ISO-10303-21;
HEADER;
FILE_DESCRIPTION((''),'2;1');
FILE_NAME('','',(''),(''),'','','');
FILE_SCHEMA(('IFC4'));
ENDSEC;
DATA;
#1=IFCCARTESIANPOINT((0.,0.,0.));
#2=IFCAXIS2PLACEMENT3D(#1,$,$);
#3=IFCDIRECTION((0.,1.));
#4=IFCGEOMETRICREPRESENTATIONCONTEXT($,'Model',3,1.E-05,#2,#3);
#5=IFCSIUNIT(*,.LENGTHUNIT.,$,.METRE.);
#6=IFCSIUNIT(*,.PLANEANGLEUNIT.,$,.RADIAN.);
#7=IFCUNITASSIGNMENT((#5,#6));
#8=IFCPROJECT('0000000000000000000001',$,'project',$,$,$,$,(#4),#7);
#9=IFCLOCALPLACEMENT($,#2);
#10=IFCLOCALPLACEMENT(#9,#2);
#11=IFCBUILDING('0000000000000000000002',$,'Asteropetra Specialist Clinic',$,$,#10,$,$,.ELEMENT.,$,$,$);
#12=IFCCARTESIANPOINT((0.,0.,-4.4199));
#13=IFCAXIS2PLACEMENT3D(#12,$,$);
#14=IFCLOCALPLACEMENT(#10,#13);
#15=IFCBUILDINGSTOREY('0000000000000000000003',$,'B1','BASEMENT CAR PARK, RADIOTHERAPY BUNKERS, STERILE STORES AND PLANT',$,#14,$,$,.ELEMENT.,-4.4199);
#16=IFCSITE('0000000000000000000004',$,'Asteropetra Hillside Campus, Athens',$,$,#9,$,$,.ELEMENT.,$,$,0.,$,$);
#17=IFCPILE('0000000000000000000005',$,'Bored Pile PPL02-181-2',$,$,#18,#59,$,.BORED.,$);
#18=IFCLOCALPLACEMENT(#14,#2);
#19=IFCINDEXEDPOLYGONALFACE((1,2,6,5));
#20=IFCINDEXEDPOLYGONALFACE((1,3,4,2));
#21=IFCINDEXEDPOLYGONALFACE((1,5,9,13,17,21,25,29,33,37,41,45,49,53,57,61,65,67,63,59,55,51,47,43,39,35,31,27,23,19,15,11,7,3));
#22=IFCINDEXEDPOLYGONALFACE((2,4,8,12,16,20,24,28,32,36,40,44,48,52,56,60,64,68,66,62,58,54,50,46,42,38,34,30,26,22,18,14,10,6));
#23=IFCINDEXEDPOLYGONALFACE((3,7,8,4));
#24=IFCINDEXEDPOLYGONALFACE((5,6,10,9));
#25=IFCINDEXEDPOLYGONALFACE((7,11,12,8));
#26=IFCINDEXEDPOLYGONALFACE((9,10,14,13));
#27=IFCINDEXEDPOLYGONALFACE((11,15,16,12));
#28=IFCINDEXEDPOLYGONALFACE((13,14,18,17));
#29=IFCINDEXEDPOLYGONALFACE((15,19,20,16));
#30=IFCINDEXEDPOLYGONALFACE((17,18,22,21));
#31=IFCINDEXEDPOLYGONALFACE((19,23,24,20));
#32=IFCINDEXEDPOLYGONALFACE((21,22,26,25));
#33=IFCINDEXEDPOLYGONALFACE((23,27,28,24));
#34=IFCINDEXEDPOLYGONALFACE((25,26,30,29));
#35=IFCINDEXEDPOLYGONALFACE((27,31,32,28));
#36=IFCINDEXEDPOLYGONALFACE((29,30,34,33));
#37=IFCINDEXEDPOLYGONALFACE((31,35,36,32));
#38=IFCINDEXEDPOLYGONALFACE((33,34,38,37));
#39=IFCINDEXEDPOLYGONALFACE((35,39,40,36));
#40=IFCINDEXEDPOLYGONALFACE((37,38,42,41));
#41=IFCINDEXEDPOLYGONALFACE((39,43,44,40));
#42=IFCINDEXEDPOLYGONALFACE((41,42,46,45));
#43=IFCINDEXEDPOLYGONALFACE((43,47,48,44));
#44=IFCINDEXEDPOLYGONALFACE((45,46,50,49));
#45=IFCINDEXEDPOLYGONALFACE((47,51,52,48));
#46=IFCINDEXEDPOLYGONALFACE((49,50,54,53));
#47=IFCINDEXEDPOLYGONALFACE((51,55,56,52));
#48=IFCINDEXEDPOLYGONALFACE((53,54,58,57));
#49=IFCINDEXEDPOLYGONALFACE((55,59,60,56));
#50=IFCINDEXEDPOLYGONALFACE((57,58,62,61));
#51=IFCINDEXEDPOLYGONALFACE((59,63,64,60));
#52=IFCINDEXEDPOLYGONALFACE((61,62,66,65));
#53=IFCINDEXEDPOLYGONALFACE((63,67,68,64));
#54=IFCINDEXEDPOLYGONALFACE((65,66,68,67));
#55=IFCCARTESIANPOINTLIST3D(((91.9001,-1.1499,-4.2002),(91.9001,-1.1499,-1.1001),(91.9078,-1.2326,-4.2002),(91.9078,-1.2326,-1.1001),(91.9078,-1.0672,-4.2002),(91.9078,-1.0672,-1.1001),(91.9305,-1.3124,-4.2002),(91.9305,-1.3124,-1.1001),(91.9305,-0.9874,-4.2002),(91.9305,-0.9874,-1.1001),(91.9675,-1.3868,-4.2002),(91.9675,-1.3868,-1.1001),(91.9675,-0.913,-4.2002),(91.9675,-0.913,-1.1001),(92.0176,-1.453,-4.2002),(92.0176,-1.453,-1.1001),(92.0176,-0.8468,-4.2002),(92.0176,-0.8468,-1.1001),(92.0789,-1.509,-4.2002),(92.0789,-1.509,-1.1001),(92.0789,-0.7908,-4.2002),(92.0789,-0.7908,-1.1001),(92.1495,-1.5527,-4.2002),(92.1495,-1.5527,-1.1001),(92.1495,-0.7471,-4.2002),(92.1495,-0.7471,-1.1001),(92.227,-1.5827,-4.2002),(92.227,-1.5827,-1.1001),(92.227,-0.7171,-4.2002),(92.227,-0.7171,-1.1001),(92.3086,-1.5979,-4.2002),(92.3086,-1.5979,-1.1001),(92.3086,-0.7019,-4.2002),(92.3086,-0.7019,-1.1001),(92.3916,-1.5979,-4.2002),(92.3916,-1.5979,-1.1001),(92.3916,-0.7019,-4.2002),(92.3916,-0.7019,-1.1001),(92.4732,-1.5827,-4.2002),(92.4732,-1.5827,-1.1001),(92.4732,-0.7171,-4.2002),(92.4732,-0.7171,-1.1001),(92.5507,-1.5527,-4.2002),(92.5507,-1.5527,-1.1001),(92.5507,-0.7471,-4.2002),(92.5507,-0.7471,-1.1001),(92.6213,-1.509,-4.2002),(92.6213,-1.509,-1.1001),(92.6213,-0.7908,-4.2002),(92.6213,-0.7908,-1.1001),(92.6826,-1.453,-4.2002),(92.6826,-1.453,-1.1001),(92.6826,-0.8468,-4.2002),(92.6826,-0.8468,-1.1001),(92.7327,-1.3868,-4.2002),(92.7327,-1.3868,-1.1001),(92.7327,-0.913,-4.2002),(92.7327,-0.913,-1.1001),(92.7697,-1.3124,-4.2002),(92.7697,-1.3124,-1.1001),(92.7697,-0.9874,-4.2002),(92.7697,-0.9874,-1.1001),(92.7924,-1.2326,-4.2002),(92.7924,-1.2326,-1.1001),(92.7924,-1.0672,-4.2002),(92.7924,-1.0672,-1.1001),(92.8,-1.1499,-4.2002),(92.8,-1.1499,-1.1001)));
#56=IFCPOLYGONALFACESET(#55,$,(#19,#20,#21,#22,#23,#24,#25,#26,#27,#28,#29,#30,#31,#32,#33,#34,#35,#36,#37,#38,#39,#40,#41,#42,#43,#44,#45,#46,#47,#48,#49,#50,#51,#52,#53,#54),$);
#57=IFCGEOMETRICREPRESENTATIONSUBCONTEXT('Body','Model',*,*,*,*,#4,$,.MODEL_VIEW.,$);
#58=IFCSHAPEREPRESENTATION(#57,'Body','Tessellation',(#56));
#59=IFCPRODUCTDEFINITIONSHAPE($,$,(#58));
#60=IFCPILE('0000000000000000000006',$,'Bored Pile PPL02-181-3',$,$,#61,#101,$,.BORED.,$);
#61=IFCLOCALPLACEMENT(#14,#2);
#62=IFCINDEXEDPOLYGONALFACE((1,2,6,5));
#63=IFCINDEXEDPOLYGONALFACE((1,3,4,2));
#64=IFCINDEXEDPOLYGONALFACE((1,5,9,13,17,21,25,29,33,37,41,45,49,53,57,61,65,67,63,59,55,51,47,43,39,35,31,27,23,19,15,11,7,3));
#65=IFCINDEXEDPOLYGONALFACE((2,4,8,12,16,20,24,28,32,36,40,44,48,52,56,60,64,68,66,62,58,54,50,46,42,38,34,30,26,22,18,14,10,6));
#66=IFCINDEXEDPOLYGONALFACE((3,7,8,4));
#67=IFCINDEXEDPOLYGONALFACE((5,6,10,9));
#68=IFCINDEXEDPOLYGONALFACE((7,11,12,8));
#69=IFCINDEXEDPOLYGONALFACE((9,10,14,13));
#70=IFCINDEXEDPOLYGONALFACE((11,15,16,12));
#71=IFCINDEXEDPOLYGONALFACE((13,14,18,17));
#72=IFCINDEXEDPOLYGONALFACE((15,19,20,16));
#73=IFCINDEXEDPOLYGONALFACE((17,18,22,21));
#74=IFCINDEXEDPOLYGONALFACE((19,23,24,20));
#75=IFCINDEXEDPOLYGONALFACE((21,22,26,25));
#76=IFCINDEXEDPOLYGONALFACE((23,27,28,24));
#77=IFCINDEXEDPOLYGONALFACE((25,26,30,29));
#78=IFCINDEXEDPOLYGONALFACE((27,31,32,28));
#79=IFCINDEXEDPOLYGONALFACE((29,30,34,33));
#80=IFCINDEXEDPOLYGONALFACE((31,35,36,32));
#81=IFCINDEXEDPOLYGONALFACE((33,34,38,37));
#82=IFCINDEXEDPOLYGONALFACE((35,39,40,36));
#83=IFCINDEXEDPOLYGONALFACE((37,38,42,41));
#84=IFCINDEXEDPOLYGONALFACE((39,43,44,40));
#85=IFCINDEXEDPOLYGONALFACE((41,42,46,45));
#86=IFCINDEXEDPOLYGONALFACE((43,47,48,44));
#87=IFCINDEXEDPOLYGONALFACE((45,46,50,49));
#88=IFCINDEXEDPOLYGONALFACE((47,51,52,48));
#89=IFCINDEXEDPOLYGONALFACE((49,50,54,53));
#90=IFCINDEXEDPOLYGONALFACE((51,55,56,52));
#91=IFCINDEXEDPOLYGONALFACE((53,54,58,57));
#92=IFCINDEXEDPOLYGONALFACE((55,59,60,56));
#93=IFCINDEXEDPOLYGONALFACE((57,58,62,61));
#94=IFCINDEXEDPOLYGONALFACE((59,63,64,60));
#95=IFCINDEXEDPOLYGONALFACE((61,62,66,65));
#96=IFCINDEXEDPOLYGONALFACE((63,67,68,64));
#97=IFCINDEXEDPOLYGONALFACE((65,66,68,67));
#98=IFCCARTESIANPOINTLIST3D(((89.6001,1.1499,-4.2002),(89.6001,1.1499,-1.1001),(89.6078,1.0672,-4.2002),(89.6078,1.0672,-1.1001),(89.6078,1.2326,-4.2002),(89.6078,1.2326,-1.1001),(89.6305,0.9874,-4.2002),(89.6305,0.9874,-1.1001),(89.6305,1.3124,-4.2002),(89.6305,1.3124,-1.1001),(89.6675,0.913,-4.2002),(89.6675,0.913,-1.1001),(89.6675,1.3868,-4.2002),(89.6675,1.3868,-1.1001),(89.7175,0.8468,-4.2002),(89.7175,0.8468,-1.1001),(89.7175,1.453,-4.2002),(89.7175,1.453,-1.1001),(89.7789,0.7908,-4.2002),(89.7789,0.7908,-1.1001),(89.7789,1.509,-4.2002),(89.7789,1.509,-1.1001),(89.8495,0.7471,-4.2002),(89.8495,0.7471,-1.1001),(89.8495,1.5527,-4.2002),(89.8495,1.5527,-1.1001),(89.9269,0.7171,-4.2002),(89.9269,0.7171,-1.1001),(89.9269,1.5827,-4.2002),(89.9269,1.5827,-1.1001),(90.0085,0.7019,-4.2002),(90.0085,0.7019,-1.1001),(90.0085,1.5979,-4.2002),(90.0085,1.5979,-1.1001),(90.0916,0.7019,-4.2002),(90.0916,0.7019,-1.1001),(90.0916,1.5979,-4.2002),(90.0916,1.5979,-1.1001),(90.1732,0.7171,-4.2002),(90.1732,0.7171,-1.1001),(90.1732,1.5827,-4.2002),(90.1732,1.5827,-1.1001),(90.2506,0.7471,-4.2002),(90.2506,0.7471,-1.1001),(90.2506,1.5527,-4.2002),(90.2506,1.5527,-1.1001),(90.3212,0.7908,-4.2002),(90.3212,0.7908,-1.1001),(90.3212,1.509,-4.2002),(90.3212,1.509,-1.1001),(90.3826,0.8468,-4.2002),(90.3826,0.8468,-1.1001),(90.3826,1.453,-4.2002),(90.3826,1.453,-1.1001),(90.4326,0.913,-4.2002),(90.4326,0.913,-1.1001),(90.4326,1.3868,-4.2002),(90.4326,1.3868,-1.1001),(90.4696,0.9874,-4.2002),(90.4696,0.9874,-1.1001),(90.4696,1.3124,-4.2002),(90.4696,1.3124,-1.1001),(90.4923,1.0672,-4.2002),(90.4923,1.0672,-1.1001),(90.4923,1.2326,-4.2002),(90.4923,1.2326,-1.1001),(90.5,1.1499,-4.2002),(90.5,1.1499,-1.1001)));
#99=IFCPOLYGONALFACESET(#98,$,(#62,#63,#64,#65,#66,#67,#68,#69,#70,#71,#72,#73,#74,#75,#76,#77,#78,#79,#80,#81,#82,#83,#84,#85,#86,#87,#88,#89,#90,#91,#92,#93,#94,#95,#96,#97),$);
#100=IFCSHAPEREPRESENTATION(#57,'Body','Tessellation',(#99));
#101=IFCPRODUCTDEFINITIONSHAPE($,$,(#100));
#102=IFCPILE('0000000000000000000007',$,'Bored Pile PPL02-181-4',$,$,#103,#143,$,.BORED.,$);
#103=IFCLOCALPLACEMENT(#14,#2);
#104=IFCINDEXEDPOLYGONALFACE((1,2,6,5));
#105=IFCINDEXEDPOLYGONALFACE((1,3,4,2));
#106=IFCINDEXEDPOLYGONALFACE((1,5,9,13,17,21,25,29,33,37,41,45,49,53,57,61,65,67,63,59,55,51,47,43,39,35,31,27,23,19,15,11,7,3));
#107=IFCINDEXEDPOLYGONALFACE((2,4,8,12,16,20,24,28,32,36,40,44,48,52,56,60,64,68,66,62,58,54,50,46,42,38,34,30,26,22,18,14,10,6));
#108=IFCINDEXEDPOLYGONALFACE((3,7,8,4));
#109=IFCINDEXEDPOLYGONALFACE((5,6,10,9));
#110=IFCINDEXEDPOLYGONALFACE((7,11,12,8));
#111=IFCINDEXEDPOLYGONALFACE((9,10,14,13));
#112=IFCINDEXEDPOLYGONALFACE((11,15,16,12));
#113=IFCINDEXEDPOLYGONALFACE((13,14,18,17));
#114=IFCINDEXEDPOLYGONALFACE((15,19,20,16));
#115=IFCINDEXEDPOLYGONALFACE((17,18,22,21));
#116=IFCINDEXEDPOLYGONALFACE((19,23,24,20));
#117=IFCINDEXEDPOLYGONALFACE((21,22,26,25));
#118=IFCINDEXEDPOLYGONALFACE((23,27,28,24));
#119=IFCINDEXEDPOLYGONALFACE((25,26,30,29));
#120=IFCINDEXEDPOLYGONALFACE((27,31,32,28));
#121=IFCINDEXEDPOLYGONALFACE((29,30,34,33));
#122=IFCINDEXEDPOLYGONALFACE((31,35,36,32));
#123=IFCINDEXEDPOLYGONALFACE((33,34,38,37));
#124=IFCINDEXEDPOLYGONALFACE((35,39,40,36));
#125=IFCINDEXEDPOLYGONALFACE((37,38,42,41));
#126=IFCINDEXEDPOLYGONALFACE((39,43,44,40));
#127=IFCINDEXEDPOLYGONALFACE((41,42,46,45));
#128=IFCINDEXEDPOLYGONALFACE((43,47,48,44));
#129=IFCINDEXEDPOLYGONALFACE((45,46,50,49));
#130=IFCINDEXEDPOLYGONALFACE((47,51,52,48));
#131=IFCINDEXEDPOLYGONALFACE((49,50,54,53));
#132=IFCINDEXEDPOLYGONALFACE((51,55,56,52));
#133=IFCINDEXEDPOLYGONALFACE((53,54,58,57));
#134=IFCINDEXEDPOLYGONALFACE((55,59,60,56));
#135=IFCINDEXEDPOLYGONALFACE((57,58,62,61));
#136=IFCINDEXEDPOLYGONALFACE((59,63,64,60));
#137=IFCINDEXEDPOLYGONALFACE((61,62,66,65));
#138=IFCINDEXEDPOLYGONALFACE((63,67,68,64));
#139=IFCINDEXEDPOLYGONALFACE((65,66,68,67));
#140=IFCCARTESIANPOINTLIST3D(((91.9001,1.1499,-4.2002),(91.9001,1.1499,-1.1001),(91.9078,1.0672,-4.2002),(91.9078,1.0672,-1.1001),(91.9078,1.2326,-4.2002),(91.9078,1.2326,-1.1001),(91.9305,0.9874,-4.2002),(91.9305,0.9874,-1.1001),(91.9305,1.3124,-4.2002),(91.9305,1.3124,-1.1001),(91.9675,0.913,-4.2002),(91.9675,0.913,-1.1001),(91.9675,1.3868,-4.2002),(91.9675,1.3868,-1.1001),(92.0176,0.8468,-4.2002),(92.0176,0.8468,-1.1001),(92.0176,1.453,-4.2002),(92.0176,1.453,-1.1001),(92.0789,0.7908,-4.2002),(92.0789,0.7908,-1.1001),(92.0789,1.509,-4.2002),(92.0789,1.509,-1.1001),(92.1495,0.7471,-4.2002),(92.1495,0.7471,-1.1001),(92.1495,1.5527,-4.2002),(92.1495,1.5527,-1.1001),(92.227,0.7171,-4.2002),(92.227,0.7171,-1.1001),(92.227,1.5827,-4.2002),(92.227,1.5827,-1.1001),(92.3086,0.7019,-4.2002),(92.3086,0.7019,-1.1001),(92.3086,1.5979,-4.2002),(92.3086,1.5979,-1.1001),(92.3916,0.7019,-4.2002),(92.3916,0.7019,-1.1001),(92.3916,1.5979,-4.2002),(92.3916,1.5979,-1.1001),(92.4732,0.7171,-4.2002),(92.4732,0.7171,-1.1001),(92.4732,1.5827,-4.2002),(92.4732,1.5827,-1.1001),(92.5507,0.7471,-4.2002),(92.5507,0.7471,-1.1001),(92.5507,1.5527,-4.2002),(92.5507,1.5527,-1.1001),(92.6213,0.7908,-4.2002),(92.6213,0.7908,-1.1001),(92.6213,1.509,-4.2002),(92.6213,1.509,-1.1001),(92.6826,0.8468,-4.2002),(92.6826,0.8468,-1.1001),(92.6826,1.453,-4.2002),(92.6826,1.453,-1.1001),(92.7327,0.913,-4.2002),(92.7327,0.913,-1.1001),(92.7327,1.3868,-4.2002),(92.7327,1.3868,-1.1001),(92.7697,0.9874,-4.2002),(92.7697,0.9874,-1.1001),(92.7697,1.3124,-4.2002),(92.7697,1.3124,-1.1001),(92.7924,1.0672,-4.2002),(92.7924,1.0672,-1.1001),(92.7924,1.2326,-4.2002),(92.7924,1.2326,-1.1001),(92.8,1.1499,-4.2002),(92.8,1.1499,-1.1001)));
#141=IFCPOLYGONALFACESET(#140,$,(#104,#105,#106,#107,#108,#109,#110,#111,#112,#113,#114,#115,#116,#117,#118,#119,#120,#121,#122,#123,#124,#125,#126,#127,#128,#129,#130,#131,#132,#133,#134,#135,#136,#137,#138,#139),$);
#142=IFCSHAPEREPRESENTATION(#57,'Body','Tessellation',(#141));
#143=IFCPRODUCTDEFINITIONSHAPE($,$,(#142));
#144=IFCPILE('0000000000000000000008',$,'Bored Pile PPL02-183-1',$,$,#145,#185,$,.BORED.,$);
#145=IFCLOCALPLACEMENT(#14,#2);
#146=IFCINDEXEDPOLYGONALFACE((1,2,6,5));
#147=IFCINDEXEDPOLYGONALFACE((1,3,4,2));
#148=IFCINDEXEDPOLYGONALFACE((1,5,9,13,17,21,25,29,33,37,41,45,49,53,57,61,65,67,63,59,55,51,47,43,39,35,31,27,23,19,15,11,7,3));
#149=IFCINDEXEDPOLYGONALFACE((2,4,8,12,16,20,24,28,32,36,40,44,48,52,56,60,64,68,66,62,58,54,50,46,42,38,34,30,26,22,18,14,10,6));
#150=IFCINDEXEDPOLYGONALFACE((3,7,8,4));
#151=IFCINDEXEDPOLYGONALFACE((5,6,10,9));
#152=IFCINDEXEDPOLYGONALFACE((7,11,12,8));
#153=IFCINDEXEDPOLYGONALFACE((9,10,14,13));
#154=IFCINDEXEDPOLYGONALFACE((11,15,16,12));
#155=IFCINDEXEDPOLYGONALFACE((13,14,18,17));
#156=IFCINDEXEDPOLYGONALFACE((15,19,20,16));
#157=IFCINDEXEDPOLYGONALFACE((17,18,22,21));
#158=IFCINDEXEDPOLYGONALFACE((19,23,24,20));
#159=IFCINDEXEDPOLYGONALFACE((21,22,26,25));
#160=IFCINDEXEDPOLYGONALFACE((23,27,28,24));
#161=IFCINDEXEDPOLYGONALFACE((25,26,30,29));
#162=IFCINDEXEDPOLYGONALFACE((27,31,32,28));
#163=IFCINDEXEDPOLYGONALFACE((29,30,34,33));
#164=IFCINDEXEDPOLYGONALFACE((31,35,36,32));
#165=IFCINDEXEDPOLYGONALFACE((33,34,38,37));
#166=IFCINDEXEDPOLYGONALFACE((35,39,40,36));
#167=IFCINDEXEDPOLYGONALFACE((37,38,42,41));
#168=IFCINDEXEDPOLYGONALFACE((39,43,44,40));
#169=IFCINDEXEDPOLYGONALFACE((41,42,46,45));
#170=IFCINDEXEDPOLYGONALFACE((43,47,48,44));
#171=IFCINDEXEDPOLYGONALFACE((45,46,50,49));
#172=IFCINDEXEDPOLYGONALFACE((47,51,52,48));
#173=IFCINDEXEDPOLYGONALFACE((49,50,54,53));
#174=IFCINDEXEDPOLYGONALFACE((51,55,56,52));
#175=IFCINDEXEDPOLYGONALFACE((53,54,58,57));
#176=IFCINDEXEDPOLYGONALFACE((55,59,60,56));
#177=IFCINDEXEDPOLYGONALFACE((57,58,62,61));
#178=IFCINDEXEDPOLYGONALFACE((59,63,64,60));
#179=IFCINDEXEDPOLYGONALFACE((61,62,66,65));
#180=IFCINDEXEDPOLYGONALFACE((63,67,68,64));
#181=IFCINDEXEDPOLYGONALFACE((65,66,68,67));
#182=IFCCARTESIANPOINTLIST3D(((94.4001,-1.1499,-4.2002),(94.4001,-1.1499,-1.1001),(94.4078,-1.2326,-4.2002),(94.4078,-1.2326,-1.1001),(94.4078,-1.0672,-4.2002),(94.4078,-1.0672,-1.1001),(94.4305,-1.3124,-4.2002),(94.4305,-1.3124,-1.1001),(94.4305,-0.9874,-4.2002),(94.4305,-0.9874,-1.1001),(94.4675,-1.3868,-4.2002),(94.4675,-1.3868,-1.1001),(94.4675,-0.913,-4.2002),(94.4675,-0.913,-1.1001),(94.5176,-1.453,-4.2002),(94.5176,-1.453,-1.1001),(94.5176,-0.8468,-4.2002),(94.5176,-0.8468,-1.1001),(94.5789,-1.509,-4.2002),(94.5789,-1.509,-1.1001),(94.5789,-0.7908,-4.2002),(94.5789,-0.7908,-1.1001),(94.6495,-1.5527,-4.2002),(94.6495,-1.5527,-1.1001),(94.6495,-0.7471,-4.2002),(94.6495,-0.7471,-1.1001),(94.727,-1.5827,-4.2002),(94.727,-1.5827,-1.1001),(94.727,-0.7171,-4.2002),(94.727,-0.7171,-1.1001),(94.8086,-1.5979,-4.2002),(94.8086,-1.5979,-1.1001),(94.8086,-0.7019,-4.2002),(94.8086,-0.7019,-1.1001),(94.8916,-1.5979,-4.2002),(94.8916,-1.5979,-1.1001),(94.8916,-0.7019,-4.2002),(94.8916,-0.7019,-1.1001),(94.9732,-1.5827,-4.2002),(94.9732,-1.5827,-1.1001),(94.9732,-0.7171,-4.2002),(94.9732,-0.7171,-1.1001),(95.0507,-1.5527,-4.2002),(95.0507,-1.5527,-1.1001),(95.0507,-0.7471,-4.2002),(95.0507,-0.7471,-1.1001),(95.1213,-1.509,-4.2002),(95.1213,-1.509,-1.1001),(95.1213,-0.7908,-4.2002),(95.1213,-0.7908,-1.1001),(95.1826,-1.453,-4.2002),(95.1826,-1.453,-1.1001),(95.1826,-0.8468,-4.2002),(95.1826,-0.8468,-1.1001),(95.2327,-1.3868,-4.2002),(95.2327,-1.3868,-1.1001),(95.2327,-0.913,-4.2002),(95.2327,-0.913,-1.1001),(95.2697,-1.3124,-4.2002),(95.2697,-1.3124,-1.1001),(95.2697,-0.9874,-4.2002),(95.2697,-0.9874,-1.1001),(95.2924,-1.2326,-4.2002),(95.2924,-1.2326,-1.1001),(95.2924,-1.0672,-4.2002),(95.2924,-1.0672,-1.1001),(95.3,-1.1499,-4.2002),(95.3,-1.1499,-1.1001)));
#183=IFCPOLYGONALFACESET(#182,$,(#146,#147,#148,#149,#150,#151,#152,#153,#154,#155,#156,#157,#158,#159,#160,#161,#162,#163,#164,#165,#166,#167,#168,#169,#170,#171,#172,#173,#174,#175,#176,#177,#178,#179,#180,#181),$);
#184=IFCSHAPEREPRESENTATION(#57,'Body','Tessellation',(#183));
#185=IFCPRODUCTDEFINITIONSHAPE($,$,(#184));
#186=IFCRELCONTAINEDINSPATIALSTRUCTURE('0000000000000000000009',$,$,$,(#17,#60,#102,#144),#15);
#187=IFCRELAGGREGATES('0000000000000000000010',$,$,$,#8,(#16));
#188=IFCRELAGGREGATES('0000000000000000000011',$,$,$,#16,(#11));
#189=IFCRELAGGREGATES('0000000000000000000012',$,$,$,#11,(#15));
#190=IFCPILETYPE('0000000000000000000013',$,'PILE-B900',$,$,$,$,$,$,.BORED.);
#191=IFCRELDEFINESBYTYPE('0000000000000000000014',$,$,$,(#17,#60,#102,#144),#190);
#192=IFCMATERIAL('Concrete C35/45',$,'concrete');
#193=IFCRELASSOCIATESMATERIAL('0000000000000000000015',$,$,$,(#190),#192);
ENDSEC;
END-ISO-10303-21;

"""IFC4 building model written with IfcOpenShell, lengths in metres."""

from ifc_helpers import new_model, si_unit, direction, frame, origin, origin_2d, place, context, subcontext, project, spatial, circle, extrude, material, material_profile, profile_set, type_object, element, save


model = new_model("IFC4")

# Units and contexts
model_context = context("Model", 3, precision=1e-05, world=origin(), true_north=direction((0.0, 1.0)))
body_context = subcontext(model_context, "Body", "Model", "MODEL_VIEW")
ifc_project = project(units=[si_unit("LENGTHUNIT", "METRE"), si_unit("PLANEANGLEUNIT", "RADIAN")], contexts=[model_context])

# Site, building, storey
site_placement = place(None, origin())
site = spatial("IfcSite", under=ifc_project, at=site_placement, Name="Asteropetra Hillside Campus, Athens", CompositionType="ELEMENT", RefElevation=0.0)
building_placement = place(site_placement, origin())
building = spatial("IfcBuilding", under=site, at=building_placement, Name="Asteropetra Specialist Clinic", CompositionType="ELEMENT")
storey_placement = place(building_placement, frame((0.0, 0.0, -4.4199)))
storey = spatial("IfcBuildingStorey", under=building, at=storey_placement, Name="B1", Description="BASEMENT CAR PARK, RADIOTHERAPY BUNKERS, STERILE STORES AND PLANT", CompositionType="ELEMENT", Elevation=-4.4199)

# Piles
ifc_material_1 = material(Name="Concrete C35/45", Category="concrete")
ifc_material_profile_1 = material_profile(ifc_material_1, circle(Radius=0.45, at=origin_2d()), Name="PILE D900")
ifc_profile_set_1 = profile_set([ifc_material_profile_1], Name="Concrete C35/45")
pile_type_1 = type_object("IfcPileType", Name="PILE-B900", PredefinedType="BORED", material=ifc_profile_set_1)
for number, where, z_axis, x_axis, name in (
    (1, (92.3501, -1.1499, -1.1001), (0.0, 0.0, -1.0), (1.0, 0.0, 0.0), "Bored Pile PPL02-181-2"),
    (2, (90.05, 1.1499, -1.1001), (0.0, 0.0, -1.0), (1.0, 0.0, 0.0), "Bored Pile PPL02-181-3"),
    (3, (92.3501, 1.1499, -1.1001), (0.0, 0.0, -1.0), (1.0, 0.0, 0.0), "Bored Pile PPL02-181-4"),
    (4, (94.8501, -1.1499, -1.1001), (0.0, 0.0, -1.0), (1.0, 0.0, 0.0), "Bored Pile PPL02-183-1"),
):
    element("IfcPile", number, at=place(storey_placement, frame(where, z_axis=z_axis, x_axis=x_axis)), inside=storey, type_object=pile_type_1, Name=name, PredefinedType="BORED", context=body_context, shape_type="SweptSolid", body=[
        extrude(circle(Radius=0.45, at=origin_2d()), origin(), (0.0, 0.0, 1.0), 3.1001),
    ])

save(model, "model.ifc")
